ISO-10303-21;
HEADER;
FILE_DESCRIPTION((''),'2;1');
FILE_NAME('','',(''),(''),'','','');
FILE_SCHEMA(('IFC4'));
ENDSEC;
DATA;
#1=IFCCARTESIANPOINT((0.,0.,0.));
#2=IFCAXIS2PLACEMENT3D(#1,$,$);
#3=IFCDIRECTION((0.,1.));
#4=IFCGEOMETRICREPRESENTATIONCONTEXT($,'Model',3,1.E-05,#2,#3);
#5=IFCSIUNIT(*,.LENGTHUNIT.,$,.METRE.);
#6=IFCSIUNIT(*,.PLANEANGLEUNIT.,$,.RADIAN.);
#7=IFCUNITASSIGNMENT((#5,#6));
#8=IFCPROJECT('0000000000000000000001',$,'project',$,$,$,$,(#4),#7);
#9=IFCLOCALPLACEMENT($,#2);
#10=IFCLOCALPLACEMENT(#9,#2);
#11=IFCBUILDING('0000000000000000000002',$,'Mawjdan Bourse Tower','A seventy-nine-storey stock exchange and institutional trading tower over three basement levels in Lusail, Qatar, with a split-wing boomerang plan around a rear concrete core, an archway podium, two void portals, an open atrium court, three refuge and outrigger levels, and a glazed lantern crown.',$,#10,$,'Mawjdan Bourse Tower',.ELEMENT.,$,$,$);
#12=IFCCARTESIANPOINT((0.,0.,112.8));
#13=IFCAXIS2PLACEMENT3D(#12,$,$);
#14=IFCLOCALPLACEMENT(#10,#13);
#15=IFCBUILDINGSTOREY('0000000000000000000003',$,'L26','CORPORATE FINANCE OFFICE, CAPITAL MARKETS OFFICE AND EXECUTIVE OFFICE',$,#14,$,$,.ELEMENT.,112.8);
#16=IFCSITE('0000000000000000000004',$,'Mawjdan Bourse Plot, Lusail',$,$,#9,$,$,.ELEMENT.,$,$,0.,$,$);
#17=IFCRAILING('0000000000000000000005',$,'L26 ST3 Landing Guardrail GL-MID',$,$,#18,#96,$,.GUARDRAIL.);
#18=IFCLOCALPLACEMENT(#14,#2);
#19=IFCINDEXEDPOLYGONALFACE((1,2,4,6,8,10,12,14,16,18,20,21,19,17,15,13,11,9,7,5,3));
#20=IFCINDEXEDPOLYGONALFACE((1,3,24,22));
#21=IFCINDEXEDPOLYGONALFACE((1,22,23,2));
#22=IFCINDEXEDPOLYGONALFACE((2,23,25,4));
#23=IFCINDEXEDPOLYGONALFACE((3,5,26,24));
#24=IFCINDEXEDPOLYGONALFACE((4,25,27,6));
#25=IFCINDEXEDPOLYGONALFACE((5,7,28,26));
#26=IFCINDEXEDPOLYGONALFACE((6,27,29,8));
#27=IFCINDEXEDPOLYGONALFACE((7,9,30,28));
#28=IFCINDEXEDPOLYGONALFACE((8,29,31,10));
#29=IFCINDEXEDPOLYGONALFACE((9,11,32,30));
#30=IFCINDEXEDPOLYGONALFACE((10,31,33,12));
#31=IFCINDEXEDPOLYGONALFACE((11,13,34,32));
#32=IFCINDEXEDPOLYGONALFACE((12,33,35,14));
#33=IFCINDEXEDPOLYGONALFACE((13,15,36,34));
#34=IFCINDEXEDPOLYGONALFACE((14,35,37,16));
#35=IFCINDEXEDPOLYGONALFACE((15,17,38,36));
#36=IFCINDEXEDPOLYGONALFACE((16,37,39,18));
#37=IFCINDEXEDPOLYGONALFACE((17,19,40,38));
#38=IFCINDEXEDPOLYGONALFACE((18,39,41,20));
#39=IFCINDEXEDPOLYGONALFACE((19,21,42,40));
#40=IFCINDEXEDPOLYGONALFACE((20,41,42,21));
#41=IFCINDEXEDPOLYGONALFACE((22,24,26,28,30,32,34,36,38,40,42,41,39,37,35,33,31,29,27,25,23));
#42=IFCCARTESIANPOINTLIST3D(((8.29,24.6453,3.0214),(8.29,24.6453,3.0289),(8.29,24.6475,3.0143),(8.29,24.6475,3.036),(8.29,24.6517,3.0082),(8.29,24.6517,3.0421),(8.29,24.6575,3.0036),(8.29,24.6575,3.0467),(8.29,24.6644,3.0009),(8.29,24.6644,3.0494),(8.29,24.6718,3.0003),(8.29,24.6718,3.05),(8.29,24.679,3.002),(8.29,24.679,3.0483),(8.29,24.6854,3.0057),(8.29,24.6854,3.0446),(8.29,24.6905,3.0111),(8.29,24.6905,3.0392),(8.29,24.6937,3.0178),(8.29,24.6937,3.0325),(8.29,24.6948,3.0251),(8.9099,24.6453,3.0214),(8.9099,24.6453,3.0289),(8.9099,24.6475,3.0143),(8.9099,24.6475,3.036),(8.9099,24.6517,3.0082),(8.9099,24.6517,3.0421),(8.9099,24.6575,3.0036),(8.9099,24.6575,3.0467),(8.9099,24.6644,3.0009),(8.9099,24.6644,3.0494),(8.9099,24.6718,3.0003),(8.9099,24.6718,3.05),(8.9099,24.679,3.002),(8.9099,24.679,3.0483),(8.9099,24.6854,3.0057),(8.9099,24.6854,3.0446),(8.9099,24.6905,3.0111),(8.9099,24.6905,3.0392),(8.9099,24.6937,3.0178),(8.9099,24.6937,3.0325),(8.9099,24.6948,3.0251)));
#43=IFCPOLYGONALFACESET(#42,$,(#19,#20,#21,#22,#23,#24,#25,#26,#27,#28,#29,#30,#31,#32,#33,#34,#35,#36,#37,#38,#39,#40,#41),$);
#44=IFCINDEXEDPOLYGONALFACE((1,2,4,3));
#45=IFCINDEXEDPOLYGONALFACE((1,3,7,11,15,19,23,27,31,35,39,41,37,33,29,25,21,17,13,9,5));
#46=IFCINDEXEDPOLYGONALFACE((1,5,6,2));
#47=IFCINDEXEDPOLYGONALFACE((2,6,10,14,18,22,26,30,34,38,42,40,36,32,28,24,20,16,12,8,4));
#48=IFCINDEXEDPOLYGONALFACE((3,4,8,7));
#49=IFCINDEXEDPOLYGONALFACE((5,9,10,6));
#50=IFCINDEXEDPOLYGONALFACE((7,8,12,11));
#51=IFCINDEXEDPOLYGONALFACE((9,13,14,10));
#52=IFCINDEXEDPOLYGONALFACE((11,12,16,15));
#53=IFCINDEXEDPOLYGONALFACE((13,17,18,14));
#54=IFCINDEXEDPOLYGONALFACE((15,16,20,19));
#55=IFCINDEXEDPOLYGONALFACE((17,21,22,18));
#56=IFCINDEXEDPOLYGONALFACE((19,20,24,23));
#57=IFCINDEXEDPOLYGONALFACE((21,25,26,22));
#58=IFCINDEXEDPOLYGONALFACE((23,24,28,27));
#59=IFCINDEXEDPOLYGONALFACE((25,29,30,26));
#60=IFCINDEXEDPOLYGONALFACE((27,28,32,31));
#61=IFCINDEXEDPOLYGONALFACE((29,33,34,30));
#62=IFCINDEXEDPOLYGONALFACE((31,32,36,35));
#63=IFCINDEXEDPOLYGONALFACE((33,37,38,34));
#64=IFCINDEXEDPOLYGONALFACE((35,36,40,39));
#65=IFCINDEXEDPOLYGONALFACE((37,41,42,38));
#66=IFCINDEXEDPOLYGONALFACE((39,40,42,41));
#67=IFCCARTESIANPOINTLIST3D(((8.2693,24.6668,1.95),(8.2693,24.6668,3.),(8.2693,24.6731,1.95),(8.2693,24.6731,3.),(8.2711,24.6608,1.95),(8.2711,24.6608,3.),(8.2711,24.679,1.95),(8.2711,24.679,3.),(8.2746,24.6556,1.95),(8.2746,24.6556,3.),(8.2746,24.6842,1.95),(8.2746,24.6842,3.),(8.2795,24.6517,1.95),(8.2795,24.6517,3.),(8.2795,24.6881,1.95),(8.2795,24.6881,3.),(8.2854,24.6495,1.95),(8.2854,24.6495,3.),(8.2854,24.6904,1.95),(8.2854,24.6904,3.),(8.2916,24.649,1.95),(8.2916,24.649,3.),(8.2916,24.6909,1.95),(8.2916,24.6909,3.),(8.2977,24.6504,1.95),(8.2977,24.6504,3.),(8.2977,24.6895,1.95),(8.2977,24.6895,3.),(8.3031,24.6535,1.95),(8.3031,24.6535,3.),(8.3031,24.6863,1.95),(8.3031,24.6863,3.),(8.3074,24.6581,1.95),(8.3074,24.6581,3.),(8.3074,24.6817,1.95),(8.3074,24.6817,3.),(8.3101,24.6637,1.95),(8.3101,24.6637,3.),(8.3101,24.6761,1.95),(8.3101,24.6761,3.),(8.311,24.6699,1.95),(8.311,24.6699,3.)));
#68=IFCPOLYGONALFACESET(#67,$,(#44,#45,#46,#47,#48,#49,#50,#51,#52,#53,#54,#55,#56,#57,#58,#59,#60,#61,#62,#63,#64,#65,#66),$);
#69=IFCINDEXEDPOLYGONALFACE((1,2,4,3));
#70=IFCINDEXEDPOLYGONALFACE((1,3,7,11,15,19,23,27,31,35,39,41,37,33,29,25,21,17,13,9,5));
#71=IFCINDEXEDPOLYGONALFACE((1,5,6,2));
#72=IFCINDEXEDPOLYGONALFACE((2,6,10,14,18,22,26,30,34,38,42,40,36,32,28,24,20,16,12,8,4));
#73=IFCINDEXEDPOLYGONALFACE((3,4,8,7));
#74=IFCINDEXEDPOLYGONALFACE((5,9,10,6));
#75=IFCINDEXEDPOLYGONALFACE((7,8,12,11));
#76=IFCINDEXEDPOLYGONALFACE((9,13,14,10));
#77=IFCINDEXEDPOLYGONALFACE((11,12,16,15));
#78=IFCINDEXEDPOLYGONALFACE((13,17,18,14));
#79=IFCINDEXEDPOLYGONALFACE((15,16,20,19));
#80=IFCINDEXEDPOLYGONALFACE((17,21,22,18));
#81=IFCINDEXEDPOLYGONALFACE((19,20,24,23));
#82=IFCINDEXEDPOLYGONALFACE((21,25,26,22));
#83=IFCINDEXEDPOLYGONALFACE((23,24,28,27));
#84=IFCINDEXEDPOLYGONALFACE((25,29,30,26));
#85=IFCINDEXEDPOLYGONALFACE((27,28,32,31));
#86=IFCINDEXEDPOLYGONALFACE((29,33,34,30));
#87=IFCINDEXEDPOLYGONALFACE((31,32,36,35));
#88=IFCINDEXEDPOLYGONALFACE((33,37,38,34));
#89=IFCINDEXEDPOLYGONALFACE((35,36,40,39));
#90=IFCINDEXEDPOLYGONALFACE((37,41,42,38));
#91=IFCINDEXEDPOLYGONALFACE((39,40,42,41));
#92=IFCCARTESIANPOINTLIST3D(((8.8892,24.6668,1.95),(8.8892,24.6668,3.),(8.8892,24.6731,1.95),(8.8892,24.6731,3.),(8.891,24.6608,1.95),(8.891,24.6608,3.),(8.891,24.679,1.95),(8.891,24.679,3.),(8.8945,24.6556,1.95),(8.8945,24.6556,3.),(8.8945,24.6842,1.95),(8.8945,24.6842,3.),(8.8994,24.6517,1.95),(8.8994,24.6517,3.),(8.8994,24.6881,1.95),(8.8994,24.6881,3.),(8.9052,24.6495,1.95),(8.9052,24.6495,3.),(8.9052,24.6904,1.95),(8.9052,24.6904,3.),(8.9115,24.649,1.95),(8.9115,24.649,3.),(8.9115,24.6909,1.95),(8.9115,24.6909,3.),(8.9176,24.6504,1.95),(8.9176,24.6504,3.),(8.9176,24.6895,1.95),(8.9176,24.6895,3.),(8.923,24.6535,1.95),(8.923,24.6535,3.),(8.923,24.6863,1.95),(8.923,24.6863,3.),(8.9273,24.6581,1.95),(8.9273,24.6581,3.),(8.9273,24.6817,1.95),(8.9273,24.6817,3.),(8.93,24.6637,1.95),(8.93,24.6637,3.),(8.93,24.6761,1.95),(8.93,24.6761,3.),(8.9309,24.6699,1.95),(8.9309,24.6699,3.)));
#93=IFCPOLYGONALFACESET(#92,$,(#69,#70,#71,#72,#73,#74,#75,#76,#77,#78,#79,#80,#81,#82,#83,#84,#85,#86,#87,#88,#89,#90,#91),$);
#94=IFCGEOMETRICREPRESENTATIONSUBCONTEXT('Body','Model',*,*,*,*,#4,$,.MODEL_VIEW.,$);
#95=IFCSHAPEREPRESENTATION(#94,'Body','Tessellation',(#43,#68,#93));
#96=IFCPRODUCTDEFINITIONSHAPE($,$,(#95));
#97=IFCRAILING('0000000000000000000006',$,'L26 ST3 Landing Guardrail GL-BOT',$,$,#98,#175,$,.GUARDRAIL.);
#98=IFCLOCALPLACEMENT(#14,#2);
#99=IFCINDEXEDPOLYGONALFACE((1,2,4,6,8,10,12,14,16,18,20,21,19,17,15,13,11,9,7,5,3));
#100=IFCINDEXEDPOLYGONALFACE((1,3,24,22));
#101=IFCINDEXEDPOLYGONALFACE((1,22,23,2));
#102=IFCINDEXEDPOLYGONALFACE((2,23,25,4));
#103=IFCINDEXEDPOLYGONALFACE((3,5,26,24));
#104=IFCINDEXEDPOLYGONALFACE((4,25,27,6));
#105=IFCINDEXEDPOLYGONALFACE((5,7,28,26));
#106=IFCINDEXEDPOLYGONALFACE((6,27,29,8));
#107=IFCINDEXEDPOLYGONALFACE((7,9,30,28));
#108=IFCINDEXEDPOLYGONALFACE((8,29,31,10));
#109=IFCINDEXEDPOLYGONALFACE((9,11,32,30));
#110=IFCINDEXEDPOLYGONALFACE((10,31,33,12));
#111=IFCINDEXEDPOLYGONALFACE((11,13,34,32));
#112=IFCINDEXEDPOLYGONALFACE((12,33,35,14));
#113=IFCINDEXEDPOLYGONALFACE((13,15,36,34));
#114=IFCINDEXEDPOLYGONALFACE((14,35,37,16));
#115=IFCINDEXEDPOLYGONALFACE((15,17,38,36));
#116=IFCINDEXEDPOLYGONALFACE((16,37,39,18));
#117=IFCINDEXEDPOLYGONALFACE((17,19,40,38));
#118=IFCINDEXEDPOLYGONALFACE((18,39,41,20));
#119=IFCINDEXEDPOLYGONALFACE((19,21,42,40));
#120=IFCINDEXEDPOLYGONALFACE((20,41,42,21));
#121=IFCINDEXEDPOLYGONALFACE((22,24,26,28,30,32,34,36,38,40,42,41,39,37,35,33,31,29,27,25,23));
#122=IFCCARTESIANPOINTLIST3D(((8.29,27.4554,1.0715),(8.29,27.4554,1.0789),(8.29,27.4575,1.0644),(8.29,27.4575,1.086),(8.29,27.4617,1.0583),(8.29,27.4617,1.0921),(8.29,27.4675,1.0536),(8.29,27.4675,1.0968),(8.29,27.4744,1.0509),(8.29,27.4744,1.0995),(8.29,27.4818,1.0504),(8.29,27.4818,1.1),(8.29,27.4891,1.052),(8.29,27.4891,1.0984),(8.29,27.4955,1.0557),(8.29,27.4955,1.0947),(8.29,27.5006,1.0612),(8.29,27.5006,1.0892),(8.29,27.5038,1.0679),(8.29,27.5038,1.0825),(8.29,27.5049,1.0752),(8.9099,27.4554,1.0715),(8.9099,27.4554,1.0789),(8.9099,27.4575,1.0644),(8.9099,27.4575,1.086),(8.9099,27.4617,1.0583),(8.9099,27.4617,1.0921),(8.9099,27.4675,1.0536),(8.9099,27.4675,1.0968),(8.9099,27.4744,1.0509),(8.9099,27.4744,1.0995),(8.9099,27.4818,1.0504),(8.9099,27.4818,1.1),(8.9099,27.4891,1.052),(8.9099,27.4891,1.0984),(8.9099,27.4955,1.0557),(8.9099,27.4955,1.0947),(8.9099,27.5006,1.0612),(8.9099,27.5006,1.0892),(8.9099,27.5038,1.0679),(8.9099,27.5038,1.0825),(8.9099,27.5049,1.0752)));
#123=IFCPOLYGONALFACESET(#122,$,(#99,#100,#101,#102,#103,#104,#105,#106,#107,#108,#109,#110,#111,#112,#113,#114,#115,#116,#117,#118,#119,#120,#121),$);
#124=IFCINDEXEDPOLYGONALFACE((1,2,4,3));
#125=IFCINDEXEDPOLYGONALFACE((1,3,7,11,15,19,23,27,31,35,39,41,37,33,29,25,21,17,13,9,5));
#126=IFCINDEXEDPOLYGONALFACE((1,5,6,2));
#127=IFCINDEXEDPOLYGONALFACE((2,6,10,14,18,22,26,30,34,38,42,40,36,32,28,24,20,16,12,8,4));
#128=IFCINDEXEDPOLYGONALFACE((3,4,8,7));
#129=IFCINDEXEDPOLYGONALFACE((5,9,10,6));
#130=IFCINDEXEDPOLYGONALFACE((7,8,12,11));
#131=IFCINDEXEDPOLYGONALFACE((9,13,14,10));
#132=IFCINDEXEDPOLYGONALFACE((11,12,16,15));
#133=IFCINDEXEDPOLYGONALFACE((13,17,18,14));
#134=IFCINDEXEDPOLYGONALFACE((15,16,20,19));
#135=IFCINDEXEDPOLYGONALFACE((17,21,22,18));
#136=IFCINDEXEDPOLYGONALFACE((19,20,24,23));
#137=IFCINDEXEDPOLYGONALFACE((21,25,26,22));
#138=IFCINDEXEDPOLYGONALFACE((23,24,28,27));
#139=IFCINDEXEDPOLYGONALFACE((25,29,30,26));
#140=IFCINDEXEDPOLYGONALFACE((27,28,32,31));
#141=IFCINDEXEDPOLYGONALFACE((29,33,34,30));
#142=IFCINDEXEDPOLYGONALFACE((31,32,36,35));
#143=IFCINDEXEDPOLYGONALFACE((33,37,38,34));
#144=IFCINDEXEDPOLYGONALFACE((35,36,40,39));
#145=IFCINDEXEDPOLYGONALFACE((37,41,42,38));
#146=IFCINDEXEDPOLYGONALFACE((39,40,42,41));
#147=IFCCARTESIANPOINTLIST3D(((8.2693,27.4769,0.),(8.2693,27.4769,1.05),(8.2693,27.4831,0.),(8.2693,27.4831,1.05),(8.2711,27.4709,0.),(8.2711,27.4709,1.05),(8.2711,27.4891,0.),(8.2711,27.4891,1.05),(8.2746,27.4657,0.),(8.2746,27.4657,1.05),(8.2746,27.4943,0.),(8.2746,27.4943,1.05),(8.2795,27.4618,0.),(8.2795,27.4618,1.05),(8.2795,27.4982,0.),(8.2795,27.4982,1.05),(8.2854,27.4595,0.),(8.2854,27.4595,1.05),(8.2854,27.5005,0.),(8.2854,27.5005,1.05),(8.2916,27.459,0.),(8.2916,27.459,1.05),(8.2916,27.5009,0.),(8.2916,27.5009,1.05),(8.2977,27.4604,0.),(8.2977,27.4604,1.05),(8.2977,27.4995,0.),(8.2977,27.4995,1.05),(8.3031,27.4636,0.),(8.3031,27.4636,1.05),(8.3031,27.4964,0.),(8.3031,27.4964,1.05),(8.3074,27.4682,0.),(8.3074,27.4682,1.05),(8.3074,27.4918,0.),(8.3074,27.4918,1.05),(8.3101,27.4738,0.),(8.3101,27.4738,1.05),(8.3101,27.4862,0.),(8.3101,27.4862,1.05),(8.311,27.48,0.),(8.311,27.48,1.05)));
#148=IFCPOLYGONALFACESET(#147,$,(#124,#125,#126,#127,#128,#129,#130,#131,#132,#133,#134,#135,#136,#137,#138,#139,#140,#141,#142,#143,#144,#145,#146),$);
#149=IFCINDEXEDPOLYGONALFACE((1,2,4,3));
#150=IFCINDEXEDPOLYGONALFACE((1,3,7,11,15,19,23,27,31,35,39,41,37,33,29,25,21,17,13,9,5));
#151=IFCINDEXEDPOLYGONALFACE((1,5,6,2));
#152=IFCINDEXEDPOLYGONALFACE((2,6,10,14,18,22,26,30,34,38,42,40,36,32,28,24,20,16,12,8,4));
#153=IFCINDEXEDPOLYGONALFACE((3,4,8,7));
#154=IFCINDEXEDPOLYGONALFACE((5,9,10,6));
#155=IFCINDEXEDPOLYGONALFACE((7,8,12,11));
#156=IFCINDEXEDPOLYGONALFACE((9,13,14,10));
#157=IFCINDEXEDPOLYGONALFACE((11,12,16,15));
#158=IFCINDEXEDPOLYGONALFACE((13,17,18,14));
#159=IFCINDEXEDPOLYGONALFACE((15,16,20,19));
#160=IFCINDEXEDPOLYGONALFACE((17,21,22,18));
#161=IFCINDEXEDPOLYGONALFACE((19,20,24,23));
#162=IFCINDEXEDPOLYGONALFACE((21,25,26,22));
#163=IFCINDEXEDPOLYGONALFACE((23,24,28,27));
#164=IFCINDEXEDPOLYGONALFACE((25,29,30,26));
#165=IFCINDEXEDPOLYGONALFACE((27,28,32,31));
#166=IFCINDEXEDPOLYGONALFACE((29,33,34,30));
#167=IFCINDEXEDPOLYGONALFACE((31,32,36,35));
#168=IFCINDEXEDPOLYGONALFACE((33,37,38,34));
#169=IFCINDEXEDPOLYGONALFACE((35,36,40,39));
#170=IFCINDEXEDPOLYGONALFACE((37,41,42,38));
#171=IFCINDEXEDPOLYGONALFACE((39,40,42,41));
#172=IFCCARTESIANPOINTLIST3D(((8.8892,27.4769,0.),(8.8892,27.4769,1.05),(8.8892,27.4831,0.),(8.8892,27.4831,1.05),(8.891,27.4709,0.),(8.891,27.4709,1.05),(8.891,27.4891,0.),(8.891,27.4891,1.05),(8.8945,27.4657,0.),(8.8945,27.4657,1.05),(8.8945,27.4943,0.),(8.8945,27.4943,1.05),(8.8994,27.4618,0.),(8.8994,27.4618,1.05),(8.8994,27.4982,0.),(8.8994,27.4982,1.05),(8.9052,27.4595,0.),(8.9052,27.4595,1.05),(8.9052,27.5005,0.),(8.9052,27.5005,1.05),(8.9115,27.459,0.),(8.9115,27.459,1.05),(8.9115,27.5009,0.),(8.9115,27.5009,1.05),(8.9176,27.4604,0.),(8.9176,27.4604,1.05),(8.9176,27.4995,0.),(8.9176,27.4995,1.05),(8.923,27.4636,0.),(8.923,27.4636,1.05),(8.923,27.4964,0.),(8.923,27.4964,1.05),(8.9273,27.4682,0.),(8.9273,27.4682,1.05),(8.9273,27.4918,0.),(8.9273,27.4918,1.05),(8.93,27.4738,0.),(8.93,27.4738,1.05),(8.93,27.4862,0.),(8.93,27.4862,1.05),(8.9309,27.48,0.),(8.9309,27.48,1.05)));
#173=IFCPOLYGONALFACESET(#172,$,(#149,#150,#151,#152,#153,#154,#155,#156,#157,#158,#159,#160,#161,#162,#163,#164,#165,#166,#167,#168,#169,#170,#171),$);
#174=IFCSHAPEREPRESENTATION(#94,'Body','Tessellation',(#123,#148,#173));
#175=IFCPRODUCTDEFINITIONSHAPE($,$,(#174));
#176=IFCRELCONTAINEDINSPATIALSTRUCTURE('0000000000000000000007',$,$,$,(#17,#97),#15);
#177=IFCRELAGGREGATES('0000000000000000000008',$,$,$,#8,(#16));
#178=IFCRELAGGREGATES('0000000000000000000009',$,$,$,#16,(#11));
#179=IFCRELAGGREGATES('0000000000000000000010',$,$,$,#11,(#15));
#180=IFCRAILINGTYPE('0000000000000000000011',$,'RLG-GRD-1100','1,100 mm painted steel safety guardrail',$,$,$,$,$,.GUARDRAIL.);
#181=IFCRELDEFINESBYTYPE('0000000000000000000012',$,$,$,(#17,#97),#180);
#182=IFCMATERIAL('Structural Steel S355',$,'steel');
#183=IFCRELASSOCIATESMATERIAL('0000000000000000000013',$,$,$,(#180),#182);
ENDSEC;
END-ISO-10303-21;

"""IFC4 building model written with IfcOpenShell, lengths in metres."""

from ifc_helpers import new_model, si_unit, direction, frame, origin, origin_2d, place, context, subcontext, project, spatial, circle, extrude, material, type_object, element, save


model = new_model("IFC4")

# Units and contexts
model_context = context("Model", 3, precision=1e-05, world=origin(), true_north=direction((0.0, 1.0)))
body_context = subcontext(model_context, "Body", "Model", "MODEL_VIEW")
ifc_project = project(units=[si_unit("LENGTHUNIT", "METRE"), si_unit("PLANEANGLEUNIT", "RADIAN")], contexts=[model_context])

# Site, building, storey
site_placement = place(None, origin())
site = spatial("IfcSite", under=ifc_project, at=site_placement, Name="Mawjdan Bourse Plot, Lusail", CompositionType="ELEMENT", RefElevation=0.0)
building_placement = place(site_placement, origin())
building = spatial("IfcBuilding", under=site, at=building_placement, Name="Mawjdan Bourse Tower", Description="A seventy-nine-storey stock exchange and institutional trading tower over three basement levels in Lusail, Qatar, with a split-wing boomerang plan around a rear concrete core, an archway podium, two void portals, an open atrium court, three refuge and outrigger levels, and a glazed lantern crown.", LongName="Mawjdan Bourse Tower", CompositionType="ELEMENT")
storey_placement = place(building_placement, frame((0.0, 0.0, 112.8)))
storey = spatial("IfcBuildingStorey", under=building, at=storey_placement, Name="L26", Description="CORPORATE FINANCE OFFICE, CAPITAL MARKETS OFFICE AND EXECUTIVE OFFICE", CompositionType="ELEMENT", Elevation=112.8)

# Shared definitions
ifc_material_1 = material(Name="Structural Steel S355", Category="steel")

# Railings
railing_type_1 = type_object("IfcRailingType", Name="RLG-GRD-1100", Description="1,100 mm painted steel safety guardrail", PredefinedType="GUARDRAIL", material=ifc_material_1)
for number, where, name in (
    (1, (8.29, 24.6699, 1.95), "L26 ST3 Landing Guardrail GL-MID"),
    (2, (8.29, 27.48, 0.0), "L26 ST3 Landing Guardrail GL-BOT"),
):
    element("IfcRailing", number, at=place(storey_placement, frame(where)), inside=storey, type_object=railing_type_1, Name=name, PredefinedType="GUARDRAIL", context=body_context, shape_type="SweptSolid", body=[
        extrude(circle(Radius=0.0249, at=origin_2d()), frame((0.0, 0.0, 1.0752), z_axis=(1.0, 0.0, 0.0), x_axis=(0.0, 1.0, 0.0)), (0.0, 0.0, 1.0), 0.6199),
        extrude(circle(Radius=0.021, at=origin_2d()), origin(), (0.0, 0.0, 1.0), 1.05),
        extrude(circle(Radius=0.021, at=origin_2d()), frame((0.6199, 0.0, 0.0)), (0.0, 0.0, 1.0), 1.05),
    ])

save(model, "model.ifc")
